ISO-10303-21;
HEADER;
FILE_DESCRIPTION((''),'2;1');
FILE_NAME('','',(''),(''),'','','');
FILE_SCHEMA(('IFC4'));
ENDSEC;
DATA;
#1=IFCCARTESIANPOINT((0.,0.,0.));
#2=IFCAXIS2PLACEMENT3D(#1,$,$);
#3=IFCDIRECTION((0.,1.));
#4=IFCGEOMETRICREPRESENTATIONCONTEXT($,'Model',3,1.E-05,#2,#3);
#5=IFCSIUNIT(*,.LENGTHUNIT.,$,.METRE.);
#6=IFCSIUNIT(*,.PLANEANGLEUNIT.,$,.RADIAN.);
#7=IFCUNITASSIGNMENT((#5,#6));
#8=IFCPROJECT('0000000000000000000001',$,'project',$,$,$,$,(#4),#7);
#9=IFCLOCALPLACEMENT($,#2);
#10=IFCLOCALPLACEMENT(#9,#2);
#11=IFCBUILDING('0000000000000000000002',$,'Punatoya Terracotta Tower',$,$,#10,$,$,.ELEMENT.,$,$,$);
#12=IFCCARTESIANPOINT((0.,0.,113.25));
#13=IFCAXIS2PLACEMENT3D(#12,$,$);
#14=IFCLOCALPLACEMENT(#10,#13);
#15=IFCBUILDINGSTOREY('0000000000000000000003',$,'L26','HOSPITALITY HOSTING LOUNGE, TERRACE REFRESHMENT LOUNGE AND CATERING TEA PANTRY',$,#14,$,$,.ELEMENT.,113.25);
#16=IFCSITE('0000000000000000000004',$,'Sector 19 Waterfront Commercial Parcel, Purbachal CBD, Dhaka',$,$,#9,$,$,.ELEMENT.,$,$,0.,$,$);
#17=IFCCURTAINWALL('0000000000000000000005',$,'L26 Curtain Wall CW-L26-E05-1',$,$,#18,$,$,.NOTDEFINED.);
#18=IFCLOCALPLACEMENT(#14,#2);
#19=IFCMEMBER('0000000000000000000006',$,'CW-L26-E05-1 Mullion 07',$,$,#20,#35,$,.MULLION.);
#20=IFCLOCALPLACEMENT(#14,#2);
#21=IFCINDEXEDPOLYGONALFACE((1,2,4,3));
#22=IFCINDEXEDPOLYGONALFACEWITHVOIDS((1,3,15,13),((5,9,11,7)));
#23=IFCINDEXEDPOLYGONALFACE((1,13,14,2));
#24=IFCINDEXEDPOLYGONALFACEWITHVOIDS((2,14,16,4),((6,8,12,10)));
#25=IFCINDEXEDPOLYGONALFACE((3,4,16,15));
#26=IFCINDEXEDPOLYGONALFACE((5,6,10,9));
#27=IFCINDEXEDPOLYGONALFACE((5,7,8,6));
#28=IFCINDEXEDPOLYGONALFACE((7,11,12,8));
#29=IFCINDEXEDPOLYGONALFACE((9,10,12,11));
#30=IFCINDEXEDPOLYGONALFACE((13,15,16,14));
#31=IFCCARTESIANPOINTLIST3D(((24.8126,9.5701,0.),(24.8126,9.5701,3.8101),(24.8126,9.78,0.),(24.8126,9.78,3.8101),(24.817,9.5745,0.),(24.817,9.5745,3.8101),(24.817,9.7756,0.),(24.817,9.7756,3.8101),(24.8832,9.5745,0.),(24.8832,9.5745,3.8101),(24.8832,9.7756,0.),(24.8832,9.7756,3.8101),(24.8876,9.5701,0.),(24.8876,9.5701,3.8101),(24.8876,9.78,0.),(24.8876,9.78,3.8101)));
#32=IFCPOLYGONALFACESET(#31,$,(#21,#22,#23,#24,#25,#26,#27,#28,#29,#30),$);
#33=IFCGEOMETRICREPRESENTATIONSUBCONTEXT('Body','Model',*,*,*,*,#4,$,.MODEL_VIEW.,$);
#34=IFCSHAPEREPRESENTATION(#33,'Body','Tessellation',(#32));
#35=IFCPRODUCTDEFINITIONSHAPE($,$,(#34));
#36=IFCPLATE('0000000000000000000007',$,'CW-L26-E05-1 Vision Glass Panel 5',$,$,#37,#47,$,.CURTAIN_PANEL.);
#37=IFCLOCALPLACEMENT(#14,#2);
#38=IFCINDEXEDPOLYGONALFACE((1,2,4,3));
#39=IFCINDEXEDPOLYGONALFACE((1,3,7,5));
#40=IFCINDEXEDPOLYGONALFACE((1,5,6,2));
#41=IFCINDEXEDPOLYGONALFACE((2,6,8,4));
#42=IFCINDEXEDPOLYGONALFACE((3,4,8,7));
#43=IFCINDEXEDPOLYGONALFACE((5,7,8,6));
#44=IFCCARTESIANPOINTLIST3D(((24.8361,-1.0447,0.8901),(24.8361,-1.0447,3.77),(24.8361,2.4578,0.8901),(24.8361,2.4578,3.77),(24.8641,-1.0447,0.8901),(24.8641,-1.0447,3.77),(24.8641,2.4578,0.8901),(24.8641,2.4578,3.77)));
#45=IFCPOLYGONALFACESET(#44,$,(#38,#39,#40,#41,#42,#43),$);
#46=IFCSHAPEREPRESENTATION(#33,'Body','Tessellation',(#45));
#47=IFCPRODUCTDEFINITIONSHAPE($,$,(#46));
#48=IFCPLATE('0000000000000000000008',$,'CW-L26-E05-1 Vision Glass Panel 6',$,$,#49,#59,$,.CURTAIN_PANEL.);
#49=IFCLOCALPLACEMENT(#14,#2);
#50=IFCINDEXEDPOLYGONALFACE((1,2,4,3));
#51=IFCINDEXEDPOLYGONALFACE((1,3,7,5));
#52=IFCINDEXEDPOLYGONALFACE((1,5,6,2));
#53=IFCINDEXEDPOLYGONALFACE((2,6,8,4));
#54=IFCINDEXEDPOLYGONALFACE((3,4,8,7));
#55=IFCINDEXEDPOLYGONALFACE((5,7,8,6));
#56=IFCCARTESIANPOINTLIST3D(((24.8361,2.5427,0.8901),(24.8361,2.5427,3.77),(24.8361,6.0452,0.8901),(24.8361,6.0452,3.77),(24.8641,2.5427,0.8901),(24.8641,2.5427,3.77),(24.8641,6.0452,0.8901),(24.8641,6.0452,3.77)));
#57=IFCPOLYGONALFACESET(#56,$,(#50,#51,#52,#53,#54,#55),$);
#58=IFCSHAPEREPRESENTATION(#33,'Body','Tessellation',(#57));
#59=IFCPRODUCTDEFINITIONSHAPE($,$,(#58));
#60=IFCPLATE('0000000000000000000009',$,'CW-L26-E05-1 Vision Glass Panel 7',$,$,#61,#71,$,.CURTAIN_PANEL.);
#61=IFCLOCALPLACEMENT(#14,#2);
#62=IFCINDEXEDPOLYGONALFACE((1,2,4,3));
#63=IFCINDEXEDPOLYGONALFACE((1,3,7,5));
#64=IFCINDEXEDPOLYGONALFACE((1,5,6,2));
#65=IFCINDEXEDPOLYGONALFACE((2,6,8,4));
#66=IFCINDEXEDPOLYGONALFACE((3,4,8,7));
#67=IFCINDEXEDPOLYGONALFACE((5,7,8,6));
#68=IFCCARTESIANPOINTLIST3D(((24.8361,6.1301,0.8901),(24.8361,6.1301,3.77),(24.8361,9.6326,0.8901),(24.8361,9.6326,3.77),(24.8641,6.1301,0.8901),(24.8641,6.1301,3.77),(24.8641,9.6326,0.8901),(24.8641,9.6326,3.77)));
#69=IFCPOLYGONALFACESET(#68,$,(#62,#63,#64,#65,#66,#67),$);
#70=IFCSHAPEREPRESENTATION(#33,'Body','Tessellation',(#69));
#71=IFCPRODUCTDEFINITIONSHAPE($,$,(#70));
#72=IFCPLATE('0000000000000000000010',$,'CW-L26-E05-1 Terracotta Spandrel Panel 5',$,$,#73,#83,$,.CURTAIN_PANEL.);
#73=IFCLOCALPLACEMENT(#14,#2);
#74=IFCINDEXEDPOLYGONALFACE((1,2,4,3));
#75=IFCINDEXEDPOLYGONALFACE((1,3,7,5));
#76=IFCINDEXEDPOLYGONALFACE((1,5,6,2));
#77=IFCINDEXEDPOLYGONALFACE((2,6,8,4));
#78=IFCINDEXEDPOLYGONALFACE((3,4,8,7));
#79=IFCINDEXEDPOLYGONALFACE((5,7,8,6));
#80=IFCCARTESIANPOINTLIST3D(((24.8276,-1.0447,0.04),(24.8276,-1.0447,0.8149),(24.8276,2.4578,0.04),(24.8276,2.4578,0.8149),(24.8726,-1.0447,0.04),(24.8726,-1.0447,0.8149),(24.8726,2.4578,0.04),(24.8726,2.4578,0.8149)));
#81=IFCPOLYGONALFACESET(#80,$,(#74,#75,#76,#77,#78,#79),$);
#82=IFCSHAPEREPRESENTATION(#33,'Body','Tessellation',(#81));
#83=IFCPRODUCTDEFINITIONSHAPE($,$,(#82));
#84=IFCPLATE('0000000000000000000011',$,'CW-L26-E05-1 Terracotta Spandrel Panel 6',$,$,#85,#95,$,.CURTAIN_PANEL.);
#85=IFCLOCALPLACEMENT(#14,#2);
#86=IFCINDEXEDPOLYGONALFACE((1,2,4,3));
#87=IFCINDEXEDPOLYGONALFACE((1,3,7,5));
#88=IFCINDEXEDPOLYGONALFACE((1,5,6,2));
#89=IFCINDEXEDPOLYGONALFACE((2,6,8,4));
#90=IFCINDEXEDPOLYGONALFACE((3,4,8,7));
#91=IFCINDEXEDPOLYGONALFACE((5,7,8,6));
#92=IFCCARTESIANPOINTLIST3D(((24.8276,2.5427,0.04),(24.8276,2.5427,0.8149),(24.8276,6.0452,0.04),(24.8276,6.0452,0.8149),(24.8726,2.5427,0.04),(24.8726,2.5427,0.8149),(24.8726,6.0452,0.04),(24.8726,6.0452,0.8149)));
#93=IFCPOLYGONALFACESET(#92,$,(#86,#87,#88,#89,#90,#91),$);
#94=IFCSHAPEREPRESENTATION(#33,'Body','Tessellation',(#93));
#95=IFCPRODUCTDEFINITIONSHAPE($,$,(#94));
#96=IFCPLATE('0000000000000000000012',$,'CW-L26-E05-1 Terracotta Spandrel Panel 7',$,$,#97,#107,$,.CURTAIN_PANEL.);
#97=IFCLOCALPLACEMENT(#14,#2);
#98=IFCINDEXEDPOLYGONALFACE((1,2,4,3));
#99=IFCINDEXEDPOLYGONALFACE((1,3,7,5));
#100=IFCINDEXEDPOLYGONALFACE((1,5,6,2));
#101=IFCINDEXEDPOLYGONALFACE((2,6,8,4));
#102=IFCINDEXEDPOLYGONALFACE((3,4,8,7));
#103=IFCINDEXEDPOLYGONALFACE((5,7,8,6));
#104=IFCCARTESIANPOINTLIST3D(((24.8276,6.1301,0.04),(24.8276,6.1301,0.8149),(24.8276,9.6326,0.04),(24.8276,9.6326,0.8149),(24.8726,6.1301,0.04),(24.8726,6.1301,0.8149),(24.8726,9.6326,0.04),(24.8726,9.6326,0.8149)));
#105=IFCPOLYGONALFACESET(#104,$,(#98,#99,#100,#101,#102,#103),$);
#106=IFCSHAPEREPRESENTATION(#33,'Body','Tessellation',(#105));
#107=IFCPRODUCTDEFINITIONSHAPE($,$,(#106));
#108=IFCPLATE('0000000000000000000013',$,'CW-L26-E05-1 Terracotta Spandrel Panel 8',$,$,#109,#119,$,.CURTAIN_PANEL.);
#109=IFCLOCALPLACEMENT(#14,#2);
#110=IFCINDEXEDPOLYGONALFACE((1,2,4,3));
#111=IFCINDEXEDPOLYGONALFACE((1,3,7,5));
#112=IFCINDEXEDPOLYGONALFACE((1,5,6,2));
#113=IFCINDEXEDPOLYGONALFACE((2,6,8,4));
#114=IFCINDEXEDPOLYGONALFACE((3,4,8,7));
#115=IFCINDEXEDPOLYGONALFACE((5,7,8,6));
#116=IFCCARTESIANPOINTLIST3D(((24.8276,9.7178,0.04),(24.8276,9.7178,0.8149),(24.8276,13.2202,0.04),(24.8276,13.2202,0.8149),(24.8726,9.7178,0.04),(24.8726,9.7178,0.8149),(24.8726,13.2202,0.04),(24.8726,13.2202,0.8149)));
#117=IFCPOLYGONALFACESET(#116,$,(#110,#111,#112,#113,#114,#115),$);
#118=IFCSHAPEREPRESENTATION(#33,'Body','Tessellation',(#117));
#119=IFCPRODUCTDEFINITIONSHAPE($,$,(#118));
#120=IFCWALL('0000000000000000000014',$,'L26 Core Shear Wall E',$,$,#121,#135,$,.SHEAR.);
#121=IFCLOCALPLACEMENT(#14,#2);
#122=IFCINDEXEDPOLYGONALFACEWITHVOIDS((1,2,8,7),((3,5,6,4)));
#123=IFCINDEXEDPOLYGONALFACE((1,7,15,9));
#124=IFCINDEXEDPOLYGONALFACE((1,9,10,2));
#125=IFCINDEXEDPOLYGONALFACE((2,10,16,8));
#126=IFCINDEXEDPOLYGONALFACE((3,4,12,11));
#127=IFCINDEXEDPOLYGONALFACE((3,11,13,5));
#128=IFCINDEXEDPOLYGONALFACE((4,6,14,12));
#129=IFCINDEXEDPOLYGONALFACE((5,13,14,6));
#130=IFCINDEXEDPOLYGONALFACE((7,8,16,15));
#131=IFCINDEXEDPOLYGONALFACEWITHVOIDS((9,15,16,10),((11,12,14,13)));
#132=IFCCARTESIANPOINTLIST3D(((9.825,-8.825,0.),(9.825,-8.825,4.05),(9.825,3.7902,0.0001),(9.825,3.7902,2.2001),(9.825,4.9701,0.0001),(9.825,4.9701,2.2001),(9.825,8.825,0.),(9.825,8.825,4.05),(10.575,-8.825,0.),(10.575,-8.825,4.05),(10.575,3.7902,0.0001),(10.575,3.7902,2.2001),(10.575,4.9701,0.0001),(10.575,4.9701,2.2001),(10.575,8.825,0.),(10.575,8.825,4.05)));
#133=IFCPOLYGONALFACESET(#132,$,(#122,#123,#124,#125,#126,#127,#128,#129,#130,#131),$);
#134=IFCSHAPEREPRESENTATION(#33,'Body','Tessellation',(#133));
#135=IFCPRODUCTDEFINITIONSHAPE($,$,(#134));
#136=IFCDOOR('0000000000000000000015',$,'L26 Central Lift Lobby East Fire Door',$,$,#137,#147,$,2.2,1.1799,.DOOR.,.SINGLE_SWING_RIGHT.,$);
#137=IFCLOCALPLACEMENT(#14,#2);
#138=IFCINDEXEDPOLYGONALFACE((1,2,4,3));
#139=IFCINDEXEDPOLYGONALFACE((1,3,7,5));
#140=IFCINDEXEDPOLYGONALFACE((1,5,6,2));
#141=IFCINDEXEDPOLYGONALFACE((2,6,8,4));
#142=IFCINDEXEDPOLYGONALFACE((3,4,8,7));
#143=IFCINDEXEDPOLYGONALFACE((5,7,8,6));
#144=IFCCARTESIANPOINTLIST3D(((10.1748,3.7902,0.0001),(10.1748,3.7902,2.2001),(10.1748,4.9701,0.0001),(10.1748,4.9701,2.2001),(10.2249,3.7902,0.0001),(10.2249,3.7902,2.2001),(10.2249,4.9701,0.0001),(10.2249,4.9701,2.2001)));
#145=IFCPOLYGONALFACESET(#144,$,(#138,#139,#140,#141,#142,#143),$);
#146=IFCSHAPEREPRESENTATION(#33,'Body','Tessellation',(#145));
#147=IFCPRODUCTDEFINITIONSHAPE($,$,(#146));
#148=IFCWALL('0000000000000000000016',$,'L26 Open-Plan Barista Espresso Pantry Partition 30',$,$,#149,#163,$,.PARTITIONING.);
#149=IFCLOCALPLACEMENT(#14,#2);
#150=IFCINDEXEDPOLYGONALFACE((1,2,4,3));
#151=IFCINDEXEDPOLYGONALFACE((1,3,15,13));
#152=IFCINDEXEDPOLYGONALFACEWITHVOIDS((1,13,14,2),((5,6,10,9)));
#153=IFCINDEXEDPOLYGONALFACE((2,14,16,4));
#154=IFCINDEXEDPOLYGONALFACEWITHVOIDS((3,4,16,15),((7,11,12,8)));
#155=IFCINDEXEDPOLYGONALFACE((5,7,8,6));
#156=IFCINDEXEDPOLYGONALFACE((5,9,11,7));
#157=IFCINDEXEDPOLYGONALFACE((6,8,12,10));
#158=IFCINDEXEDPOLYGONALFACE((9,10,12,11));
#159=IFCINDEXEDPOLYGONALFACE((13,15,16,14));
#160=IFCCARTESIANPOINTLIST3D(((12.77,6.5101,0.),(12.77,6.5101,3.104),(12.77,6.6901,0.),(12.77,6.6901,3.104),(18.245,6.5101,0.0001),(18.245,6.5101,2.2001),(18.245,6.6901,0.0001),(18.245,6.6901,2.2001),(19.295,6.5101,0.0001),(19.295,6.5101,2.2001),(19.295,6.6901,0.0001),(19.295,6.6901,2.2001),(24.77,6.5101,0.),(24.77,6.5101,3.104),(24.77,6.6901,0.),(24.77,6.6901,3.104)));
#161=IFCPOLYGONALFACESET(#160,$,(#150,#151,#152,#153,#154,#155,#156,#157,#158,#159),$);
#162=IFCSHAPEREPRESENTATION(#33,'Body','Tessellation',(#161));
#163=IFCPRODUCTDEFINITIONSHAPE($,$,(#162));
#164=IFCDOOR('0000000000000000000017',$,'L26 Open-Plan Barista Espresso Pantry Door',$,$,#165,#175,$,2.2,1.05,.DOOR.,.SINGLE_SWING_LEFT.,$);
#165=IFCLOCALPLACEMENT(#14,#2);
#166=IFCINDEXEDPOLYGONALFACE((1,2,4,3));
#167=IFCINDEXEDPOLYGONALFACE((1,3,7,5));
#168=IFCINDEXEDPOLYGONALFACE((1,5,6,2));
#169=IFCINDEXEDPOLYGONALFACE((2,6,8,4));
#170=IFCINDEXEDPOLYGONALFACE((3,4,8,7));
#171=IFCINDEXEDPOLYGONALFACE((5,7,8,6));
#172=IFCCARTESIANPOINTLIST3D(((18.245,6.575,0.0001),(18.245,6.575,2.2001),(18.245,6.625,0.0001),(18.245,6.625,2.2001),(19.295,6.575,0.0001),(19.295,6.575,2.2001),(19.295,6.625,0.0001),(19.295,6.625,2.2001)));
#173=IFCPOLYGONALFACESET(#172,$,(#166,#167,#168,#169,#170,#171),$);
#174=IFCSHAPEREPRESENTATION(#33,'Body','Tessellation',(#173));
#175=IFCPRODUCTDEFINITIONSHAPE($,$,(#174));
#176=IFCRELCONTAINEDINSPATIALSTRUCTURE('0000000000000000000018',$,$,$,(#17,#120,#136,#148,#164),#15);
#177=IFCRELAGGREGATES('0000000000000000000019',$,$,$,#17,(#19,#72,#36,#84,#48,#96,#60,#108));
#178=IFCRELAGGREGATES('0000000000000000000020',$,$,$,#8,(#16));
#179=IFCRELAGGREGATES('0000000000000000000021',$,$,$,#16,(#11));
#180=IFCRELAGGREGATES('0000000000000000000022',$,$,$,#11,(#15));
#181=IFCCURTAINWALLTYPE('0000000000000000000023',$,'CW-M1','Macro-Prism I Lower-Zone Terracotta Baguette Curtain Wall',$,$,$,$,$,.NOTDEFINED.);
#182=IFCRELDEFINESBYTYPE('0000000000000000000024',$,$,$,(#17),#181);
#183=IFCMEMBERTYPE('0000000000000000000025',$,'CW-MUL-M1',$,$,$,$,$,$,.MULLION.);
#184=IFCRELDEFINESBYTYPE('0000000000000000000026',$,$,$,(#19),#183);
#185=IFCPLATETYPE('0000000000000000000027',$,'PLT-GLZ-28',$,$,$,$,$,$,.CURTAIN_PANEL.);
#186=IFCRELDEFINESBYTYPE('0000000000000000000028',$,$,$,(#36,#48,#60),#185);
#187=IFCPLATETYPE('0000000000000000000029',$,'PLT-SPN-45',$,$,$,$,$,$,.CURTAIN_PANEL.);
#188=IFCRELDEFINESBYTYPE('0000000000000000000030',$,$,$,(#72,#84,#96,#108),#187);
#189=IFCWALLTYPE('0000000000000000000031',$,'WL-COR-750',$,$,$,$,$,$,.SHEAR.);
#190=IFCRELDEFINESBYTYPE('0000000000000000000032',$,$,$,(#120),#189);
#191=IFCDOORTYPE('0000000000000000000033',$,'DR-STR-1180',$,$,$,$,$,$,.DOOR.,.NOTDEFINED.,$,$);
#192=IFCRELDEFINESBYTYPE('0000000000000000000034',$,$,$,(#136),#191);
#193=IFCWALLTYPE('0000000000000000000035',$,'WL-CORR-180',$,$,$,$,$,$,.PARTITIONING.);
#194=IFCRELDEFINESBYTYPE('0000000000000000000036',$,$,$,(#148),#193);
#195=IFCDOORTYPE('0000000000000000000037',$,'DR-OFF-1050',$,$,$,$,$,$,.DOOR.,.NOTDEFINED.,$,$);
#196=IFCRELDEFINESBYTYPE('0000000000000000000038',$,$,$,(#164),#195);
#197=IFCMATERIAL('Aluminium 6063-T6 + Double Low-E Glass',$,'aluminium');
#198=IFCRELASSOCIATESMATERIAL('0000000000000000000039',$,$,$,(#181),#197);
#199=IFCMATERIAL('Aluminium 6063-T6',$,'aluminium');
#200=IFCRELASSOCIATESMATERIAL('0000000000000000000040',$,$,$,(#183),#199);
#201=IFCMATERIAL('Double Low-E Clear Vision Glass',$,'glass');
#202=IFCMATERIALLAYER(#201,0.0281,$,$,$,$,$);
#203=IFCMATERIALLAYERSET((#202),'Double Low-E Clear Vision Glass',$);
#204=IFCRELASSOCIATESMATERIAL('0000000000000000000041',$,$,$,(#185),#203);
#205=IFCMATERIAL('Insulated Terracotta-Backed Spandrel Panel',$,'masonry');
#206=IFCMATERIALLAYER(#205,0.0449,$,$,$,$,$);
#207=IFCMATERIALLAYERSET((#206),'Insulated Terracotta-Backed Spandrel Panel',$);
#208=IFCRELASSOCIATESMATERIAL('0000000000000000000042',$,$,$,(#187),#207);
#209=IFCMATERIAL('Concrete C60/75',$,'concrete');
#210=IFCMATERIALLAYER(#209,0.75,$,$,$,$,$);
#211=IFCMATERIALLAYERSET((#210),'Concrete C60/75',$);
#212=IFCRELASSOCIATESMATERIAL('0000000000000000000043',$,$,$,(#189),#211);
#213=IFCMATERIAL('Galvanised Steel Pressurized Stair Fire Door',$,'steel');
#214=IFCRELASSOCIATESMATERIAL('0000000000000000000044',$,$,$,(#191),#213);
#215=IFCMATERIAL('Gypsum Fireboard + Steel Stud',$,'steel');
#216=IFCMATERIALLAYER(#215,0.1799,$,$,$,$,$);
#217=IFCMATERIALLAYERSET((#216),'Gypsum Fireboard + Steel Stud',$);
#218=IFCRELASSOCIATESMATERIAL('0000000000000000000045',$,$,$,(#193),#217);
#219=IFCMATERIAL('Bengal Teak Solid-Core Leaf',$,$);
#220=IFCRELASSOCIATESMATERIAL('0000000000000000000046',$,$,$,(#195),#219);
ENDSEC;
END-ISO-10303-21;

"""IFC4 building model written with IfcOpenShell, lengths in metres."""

from ifc_helpers import new_model, si_unit, direction, frame, frame_2d, origin, origin_2d, place, context, subcontext, project, spatial, rectangle, hollow_rectangle, extrude, material, layer, layer_set, material_profile, profile_set, type_object, element, fill, aggregate, save


model = new_model("IFC4")

# Units and contexts
model_context = context("Model", 3, precision=1e-05, world=origin(), true_north=direction((0.0, 1.0)))
body_context = subcontext(model_context, "Body", "Model", "MODEL_VIEW")
ifc_project = project(units=[si_unit("LENGTHUNIT", "METRE"), si_unit("PLANEANGLEUNIT", "RADIAN")], contexts=[model_context])

# Site, building, storey
site_placement = place(None, origin())
site = spatial("IfcSite", under=ifc_project, at=site_placement, Name="Sector 19 Waterfront Commercial Parcel, Purbachal CBD, Dhaka", CompositionType="ELEMENT", RefElevation=0.0)
building_placement = place(site_placement, origin())
building = spatial("IfcBuilding", under=site, at=building_placement, Name="Punatoya Terracotta Tower", CompositionType="ELEMENT")
storey_placement = place(building_placement, frame((0.0, 0.0, 113.25)))
storey = spatial("IfcBuildingStorey", under=building, at=storey_placement, Name="L26", Description="HOSPITALITY HOSTING LOUNGE, TERRACE REFRESHMENT LOUNGE AND CATERING TEA PANTRY", CompositionType="ELEMENT", Elevation=113.25)

# Curtain wall, member, plates
ifc_material_1 = material(Name="Aluminium 6063-T6 + Double Low-E Glass", Category="aluminium")
curtain_wall_type = type_object("IfcCurtainWallType", Name="CW-M1", Description="Macro-Prism I Lower-Zone Terracotta Baguette Curtain Wall", PredefinedType="NOTDEFINED", material=ifc_material_1)
curtain_wall_placement = place(storey_placement, origin())
curtain_wall = element("IfcCurtainWall", 1, at=curtain_wall_placement, inside=storey, type_object=curtain_wall_type, Name="L26 Curtain Wall CW-L26-E05-1", PredefinedType="NOTDEFINED")
ifc_material_2 = material(Name="Aluminium 6063-T6", Category="aluminium")
ifc_material_profile_1 = material_profile(ifc_material_2, hollow_rectangle(XDim=0.075, YDim=0.21, WallThickness=0.0044, at=origin_2d()))
ifc_profile_set_1 = profile_set([ifc_material_profile_1], Name="Aluminium 6063-T6")
member_type = type_object("IfcMemberType", Name="CW-MUL-M1", PredefinedType="MULLION", material=ifc_profile_set_1)
member_1_placement = place(storey_placement, frame((24.8501, 9.675, 0.0), z_axis=(0.0, 0.0, 1.0), x_axis=(1.0, 0.0, 0.0)))
member_1 = element("IfcMember", 2, at=member_1_placement, type_object=member_type, Name="CW-L26-E05-1 Mullion 07", PredefinedType="MULLION", context=body_context, shape_type="SweptSolid", body=[
    extrude(hollow_rectangle(XDim=0.075, YDim=0.21, WallThickness=0.0044, at=origin_2d()), origin(), (0.0, 0.0, 1.0), 3.8101),
])
ifc_material_3 = material(Name="Double Low-E Clear Vision Glass", Category="glass")
ifc_layer_1 = layer(ifc_material_3, 0.0281)
ifc_layer_set_1 = layer_set([ifc_layer_1], Name="Double Low-E Clear Vision Glass")
plate_type_1 = type_object("IfcPlateType", Name="PLT-GLZ-28", PredefinedType="CURTAIN_PANEL", material=ifc_layer_set_1)
plate_1_placement = place(storey_placement, frame((24.8501, 0.7065, 0.8901), z_axis=(0.0, 0.0, 1.0), x_axis=(0.0, 1.0, 0.0)))
plate_1 = element("IfcPlate", 3, at=plate_1_placement, type_object=plate_type_1, Name="CW-L26-E05-1 Vision Glass Panel 5", PredefinedType="CURTAIN_PANEL", context=body_context, shape_type="SweptSolid", body=[
    extrude(rectangle(XDim=3.5024, YDim=0.0281, at=origin_2d()), origin(), (0.0, 0.0, 1.0), 2.8799),
])
plate_2_placement = place(storey_placement, frame((24.8501, 4.2939, 0.8901), z_axis=(0.0, 0.0, 1.0), x_axis=(0.0, 1.0, 0.0)))
plate_2 = element("IfcPlate", 4, at=plate_2_placement, type_object=plate_type_1, Name="CW-L26-E05-1 Vision Glass Panel 6", PredefinedType="CURTAIN_PANEL", context=body_context, shape_type="SweptSolid", body=[
    extrude(rectangle(XDim=3.5024, YDim=0.0281, at=origin_2d()), origin(), (0.0, 0.0, 1.0), 2.8799),
])
plate_3_placement = place(storey_placement, frame((24.8501, 7.8813, 0.8901), z_axis=(0.0, 0.0, 1.0), x_axis=(0.0, 1.0, 0.0)))
plate_3 = element("IfcPlate", 5, at=plate_3_placement, type_object=plate_type_1, Name="CW-L26-E05-1 Vision Glass Panel 7", PredefinedType="CURTAIN_PANEL", context=body_context, shape_type="SweptSolid", body=[
    extrude(rectangle(XDim=3.5024, YDim=0.0281, at=origin_2d()), origin(), (0.0, 0.0, 1.0), 2.8799),
])
ifc_material_4 = material(Name="Insulated Terracotta-Backed Spandrel Panel", Category="masonry")
ifc_layer_2 = layer(ifc_material_4, 0.0449)
ifc_layer_set_2 = layer_set([ifc_layer_2], Name="Insulated Terracotta-Backed Spandrel Panel")
plate_type_2 = type_object("IfcPlateType", Name="PLT-SPN-45", PredefinedType="CURTAIN_PANEL", material=ifc_layer_set_2)
plate_4_placement = place(storey_placement, frame((24.8501, 0.7065, 0.04), z_axis=(0.0, 0.0, 1.0), x_axis=(0.0, 1.0, 0.0)))
plate_4 = element("IfcPlate", 6, at=plate_4_placement, type_object=plate_type_2, Name="CW-L26-E05-1 Terracotta Spandrel Panel 5", PredefinedType="CURTAIN_PANEL", context=body_context, shape_type="SweptSolid", body=[
    extrude(rectangle(XDim=3.5024, YDim=0.0449, at=origin_2d()), origin(), (0.0, 0.0, 1.0), 0.7749),
])
plate_5_placement = place(storey_placement, frame((24.8501, 4.2939, 0.04), z_axis=(0.0, 0.0, 1.0), x_axis=(0.0, 1.0, 0.0)))
plate_5 = element("IfcPlate", 7, at=plate_5_placement, type_object=plate_type_2, Name="CW-L26-E05-1 Terracotta Spandrel Panel 6", PredefinedType="CURTAIN_PANEL", context=body_context, shape_type="SweptSolid", body=[
    extrude(rectangle(XDim=3.5024, YDim=0.0449, at=origin_2d()), origin(), (0.0, 0.0, 1.0), 0.7749),
])
plate_6_placement = place(storey_placement, frame((24.8501, 7.8813, 0.04), z_axis=(0.0, 0.0, 1.0), x_axis=(0.0, 1.0, 0.0)))
plate_6 = element("IfcPlate", 8, at=plate_6_placement, type_object=plate_type_2, Name="CW-L26-E05-1 Terracotta Spandrel Panel 7", PredefinedType="CURTAIN_PANEL", context=body_context, shape_type="SweptSolid", body=[
    extrude(rectangle(XDim=3.5024, YDim=0.0449, at=origin_2d()), origin(), (0.0, 0.0, 1.0), 0.7749),
])
plate_7_placement = place(storey_placement, frame((24.8501, 11.469, 0.04), z_axis=(0.0, 0.0, 1.0), x_axis=(0.0, 1.0, 0.0)))
plate_7 = element("IfcPlate", 9, at=plate_7_placement, type_object=plate_type_2, Name="CW-L26-E05-1 Terracotta Spandrel Panel 8", PredefinedType="CURTAIN_PANEL", context=body_context, shape_type="SweptSolid", body=[
    extrude(rectangle(XDim=3.5024, YDim=0.0449, at=origin_2d()), origin(), (0.0, 0.0, 1.0), 0.7749),
])
aggregate(curtain_wall, [member_1, plate_4, plate_1, plate_5, plate_2, plate_6, plate_3, plate_7])

# Walls, openings, doors
ifc_material_5 = material(Name="Concrete C60/75", Category="concrete")
ifc_layer_3 = layer(ifc_material_5, 0.75)
ifc_layer_set_3 = layer_set([ifc_layer_3], Name="Concrete C60/75")
wall_type_1 = type_object("IfcWallType", Name="WL-COR-750", PredefinedType="SHEAR", material=ifc_layer_set_3)
wall_1_placement = place(storey_placement, frame((10.2, 8.825, 0.0), z_axis=(0.0, 0.0, 1.0), x_axis=(0.0, -1.0, 0.0)))
wall_1 = element("IfcWall", 10, at=wall_1_placement, inside=storey, type_object=wall_type_1, Name="L26 Core Shear Wall E", PredefinedType="SHEAR", context=body_context, shape_type="SweptSolid", body=[
    extrude(rectangle(XDim=17.6499, YDim=0.75, at=frame_2d((8.825, 0.0))), origin(), (0.0, 0.0, 1.0), 4.05),
])
opening_1_placement = place(wall_1_placement, frame((3.855, 0.0, 0.0)))
opening_1 = element("IfcOpeningElement", 11, at=opening_1_placement, cuts=wall_1, PredefinedType="OPENING", context=body_context, shape_type="SweptSolid", body=[
    extrude(rectangle(XDim=1.1799, YDim=2.2, at=frame_2d((0.5898, 1.1001))), frame((0.0, 0.385, 0.0), z_axis=(0.0, -1.0, 0.0), x_axis=(1.0, 0.0, 0.0)), (0.0, 0.0, 1.0), 0.77),
])
ifc_material_6 = material(Name="Galvanised Steel Pressurized Stair Fire Door", Category="steel")
door_type_1 = type_object("IfcDoorType", Name="DR-STR-1180", OperationType="NOTDEFINED", PredefinedType="DOOR", material=ifc_material_6)
door_1_placement = place(opening_1_placement, origin())
door_1 = element("IfcDoor", 12, at=door_1_placement, inside=storey, type_object=door_type_1, Name="L26 Central Lift Lobby East Fire Door", OperationType="SINGLE_SWING_RIGHT", OverallHeight=2.2, OverallWidth=1.1799, PredefinedType="DOOR", context=body_context, shape_type="SweptSolid", body=[
    extrude(rectangle(XDim=1.1799, YDim=2.2, at=frame_2d((0.5898, 1.1001))), frame((0.0, 0.0249, 0.0), z_axis=(0.0, -1.0, 0.0), x_axis=(1.0, 0.0, 0.0)), (0.0, 0.0, 1.0), 0.05),
])
fill(opening_1, door_1)
ifc_material_7 = material(Name="Gypsum Fireboard + Steel Stud", Category="steel")
ifc_layer_4 = layer(ifc_material_7, 0.1799)
ifc_layer_set_4 = layer_set([ifc_layer_4], Name="Gypsum Fireboard + Steel Stud")
wall_type_2 = type_object("IfcWallType", Name="WL-CORR-180", PredefinedType="PARTITIONING", material=ifc_layer_set_4)
wall_2_placement = place(storey_placement, frame((12.77, 6.6001, 0.0), z_axis=(0.0, 0.0, 1.0), x_axis=(1.0, 0.0, 0.0)))
wall_2 = element("IfcWall", 13, at=wall_2_placement, inside=storey, type_object=wall_type_2, Name="L26 Open-Plan Barista Espresso Pantry Partition 30", PredefinedType="PARTITIONING", context=body_context, shape_type="SweptSolid", body=[
    extrude(rectangle(XDim=12.0, YDim=0.1799, at=frame_2d((6.0, 0.0))), origin(), (0.0, 0.0, 1.0), 3.104),
])
opening_2_placement = place(wall_2_placement, frame((5.4751, 0.0, 0.0)))
opening_2 = element("IfcOpeningElement", 14, at=opening_2_placement, cuts=wall_2, PredefinedType="OPENING", context=body_context, shape_type="SweptSolid", body=[
    extrude(rectangle(XDim=1.05, YDim=2.2, at=frame_2d((0.5249, 1.1001))), frame((0.0, 0.0999, 0.0), z_axis=(0.0, -1.0, 0.0), x_axis=(1.0, 0.0, 0.0)), (0.0, 0.0, 1.0), 0.2),
])
ifc_material_8 = material(Name="Bengal Teak Solid-Core Leaf")
door_type_2 = type_object("IfcDoorType", Name="DR-OFF-1050", OperationType="NOTDEFINED", PredefinedType="DOOR", material=ifc_material_8)
door_2_placement = place(opening_2_placement, origin())
door_2 = element("IfcDoor", 15, at=door_2_placement, inside=storey, type_object=door_type_2, Name="L26 Open-Plan Barista Espresso Pantry Door", OperationType="SINGLE_SWING_LEFT", OverallHeight=2.2, OverallWidth=1.05, PredefinedType="DOOR", context=body_context, shape_type="SweptSolid", body=[
    extrude(rectangle(XDim=1.05, YDim=2.2, at=frame_2d((0.5249, 1.1001))), frame((0.0, 0.0249, 0.0), z_axis=(0.0, -1.0, 0.0), x_axis=(1.0, 0.0, 0.0)), (0.0, 0.0, 1.0), 0.05),
])
fill(opening_2, door_2)

save(model, "model.ifc")
